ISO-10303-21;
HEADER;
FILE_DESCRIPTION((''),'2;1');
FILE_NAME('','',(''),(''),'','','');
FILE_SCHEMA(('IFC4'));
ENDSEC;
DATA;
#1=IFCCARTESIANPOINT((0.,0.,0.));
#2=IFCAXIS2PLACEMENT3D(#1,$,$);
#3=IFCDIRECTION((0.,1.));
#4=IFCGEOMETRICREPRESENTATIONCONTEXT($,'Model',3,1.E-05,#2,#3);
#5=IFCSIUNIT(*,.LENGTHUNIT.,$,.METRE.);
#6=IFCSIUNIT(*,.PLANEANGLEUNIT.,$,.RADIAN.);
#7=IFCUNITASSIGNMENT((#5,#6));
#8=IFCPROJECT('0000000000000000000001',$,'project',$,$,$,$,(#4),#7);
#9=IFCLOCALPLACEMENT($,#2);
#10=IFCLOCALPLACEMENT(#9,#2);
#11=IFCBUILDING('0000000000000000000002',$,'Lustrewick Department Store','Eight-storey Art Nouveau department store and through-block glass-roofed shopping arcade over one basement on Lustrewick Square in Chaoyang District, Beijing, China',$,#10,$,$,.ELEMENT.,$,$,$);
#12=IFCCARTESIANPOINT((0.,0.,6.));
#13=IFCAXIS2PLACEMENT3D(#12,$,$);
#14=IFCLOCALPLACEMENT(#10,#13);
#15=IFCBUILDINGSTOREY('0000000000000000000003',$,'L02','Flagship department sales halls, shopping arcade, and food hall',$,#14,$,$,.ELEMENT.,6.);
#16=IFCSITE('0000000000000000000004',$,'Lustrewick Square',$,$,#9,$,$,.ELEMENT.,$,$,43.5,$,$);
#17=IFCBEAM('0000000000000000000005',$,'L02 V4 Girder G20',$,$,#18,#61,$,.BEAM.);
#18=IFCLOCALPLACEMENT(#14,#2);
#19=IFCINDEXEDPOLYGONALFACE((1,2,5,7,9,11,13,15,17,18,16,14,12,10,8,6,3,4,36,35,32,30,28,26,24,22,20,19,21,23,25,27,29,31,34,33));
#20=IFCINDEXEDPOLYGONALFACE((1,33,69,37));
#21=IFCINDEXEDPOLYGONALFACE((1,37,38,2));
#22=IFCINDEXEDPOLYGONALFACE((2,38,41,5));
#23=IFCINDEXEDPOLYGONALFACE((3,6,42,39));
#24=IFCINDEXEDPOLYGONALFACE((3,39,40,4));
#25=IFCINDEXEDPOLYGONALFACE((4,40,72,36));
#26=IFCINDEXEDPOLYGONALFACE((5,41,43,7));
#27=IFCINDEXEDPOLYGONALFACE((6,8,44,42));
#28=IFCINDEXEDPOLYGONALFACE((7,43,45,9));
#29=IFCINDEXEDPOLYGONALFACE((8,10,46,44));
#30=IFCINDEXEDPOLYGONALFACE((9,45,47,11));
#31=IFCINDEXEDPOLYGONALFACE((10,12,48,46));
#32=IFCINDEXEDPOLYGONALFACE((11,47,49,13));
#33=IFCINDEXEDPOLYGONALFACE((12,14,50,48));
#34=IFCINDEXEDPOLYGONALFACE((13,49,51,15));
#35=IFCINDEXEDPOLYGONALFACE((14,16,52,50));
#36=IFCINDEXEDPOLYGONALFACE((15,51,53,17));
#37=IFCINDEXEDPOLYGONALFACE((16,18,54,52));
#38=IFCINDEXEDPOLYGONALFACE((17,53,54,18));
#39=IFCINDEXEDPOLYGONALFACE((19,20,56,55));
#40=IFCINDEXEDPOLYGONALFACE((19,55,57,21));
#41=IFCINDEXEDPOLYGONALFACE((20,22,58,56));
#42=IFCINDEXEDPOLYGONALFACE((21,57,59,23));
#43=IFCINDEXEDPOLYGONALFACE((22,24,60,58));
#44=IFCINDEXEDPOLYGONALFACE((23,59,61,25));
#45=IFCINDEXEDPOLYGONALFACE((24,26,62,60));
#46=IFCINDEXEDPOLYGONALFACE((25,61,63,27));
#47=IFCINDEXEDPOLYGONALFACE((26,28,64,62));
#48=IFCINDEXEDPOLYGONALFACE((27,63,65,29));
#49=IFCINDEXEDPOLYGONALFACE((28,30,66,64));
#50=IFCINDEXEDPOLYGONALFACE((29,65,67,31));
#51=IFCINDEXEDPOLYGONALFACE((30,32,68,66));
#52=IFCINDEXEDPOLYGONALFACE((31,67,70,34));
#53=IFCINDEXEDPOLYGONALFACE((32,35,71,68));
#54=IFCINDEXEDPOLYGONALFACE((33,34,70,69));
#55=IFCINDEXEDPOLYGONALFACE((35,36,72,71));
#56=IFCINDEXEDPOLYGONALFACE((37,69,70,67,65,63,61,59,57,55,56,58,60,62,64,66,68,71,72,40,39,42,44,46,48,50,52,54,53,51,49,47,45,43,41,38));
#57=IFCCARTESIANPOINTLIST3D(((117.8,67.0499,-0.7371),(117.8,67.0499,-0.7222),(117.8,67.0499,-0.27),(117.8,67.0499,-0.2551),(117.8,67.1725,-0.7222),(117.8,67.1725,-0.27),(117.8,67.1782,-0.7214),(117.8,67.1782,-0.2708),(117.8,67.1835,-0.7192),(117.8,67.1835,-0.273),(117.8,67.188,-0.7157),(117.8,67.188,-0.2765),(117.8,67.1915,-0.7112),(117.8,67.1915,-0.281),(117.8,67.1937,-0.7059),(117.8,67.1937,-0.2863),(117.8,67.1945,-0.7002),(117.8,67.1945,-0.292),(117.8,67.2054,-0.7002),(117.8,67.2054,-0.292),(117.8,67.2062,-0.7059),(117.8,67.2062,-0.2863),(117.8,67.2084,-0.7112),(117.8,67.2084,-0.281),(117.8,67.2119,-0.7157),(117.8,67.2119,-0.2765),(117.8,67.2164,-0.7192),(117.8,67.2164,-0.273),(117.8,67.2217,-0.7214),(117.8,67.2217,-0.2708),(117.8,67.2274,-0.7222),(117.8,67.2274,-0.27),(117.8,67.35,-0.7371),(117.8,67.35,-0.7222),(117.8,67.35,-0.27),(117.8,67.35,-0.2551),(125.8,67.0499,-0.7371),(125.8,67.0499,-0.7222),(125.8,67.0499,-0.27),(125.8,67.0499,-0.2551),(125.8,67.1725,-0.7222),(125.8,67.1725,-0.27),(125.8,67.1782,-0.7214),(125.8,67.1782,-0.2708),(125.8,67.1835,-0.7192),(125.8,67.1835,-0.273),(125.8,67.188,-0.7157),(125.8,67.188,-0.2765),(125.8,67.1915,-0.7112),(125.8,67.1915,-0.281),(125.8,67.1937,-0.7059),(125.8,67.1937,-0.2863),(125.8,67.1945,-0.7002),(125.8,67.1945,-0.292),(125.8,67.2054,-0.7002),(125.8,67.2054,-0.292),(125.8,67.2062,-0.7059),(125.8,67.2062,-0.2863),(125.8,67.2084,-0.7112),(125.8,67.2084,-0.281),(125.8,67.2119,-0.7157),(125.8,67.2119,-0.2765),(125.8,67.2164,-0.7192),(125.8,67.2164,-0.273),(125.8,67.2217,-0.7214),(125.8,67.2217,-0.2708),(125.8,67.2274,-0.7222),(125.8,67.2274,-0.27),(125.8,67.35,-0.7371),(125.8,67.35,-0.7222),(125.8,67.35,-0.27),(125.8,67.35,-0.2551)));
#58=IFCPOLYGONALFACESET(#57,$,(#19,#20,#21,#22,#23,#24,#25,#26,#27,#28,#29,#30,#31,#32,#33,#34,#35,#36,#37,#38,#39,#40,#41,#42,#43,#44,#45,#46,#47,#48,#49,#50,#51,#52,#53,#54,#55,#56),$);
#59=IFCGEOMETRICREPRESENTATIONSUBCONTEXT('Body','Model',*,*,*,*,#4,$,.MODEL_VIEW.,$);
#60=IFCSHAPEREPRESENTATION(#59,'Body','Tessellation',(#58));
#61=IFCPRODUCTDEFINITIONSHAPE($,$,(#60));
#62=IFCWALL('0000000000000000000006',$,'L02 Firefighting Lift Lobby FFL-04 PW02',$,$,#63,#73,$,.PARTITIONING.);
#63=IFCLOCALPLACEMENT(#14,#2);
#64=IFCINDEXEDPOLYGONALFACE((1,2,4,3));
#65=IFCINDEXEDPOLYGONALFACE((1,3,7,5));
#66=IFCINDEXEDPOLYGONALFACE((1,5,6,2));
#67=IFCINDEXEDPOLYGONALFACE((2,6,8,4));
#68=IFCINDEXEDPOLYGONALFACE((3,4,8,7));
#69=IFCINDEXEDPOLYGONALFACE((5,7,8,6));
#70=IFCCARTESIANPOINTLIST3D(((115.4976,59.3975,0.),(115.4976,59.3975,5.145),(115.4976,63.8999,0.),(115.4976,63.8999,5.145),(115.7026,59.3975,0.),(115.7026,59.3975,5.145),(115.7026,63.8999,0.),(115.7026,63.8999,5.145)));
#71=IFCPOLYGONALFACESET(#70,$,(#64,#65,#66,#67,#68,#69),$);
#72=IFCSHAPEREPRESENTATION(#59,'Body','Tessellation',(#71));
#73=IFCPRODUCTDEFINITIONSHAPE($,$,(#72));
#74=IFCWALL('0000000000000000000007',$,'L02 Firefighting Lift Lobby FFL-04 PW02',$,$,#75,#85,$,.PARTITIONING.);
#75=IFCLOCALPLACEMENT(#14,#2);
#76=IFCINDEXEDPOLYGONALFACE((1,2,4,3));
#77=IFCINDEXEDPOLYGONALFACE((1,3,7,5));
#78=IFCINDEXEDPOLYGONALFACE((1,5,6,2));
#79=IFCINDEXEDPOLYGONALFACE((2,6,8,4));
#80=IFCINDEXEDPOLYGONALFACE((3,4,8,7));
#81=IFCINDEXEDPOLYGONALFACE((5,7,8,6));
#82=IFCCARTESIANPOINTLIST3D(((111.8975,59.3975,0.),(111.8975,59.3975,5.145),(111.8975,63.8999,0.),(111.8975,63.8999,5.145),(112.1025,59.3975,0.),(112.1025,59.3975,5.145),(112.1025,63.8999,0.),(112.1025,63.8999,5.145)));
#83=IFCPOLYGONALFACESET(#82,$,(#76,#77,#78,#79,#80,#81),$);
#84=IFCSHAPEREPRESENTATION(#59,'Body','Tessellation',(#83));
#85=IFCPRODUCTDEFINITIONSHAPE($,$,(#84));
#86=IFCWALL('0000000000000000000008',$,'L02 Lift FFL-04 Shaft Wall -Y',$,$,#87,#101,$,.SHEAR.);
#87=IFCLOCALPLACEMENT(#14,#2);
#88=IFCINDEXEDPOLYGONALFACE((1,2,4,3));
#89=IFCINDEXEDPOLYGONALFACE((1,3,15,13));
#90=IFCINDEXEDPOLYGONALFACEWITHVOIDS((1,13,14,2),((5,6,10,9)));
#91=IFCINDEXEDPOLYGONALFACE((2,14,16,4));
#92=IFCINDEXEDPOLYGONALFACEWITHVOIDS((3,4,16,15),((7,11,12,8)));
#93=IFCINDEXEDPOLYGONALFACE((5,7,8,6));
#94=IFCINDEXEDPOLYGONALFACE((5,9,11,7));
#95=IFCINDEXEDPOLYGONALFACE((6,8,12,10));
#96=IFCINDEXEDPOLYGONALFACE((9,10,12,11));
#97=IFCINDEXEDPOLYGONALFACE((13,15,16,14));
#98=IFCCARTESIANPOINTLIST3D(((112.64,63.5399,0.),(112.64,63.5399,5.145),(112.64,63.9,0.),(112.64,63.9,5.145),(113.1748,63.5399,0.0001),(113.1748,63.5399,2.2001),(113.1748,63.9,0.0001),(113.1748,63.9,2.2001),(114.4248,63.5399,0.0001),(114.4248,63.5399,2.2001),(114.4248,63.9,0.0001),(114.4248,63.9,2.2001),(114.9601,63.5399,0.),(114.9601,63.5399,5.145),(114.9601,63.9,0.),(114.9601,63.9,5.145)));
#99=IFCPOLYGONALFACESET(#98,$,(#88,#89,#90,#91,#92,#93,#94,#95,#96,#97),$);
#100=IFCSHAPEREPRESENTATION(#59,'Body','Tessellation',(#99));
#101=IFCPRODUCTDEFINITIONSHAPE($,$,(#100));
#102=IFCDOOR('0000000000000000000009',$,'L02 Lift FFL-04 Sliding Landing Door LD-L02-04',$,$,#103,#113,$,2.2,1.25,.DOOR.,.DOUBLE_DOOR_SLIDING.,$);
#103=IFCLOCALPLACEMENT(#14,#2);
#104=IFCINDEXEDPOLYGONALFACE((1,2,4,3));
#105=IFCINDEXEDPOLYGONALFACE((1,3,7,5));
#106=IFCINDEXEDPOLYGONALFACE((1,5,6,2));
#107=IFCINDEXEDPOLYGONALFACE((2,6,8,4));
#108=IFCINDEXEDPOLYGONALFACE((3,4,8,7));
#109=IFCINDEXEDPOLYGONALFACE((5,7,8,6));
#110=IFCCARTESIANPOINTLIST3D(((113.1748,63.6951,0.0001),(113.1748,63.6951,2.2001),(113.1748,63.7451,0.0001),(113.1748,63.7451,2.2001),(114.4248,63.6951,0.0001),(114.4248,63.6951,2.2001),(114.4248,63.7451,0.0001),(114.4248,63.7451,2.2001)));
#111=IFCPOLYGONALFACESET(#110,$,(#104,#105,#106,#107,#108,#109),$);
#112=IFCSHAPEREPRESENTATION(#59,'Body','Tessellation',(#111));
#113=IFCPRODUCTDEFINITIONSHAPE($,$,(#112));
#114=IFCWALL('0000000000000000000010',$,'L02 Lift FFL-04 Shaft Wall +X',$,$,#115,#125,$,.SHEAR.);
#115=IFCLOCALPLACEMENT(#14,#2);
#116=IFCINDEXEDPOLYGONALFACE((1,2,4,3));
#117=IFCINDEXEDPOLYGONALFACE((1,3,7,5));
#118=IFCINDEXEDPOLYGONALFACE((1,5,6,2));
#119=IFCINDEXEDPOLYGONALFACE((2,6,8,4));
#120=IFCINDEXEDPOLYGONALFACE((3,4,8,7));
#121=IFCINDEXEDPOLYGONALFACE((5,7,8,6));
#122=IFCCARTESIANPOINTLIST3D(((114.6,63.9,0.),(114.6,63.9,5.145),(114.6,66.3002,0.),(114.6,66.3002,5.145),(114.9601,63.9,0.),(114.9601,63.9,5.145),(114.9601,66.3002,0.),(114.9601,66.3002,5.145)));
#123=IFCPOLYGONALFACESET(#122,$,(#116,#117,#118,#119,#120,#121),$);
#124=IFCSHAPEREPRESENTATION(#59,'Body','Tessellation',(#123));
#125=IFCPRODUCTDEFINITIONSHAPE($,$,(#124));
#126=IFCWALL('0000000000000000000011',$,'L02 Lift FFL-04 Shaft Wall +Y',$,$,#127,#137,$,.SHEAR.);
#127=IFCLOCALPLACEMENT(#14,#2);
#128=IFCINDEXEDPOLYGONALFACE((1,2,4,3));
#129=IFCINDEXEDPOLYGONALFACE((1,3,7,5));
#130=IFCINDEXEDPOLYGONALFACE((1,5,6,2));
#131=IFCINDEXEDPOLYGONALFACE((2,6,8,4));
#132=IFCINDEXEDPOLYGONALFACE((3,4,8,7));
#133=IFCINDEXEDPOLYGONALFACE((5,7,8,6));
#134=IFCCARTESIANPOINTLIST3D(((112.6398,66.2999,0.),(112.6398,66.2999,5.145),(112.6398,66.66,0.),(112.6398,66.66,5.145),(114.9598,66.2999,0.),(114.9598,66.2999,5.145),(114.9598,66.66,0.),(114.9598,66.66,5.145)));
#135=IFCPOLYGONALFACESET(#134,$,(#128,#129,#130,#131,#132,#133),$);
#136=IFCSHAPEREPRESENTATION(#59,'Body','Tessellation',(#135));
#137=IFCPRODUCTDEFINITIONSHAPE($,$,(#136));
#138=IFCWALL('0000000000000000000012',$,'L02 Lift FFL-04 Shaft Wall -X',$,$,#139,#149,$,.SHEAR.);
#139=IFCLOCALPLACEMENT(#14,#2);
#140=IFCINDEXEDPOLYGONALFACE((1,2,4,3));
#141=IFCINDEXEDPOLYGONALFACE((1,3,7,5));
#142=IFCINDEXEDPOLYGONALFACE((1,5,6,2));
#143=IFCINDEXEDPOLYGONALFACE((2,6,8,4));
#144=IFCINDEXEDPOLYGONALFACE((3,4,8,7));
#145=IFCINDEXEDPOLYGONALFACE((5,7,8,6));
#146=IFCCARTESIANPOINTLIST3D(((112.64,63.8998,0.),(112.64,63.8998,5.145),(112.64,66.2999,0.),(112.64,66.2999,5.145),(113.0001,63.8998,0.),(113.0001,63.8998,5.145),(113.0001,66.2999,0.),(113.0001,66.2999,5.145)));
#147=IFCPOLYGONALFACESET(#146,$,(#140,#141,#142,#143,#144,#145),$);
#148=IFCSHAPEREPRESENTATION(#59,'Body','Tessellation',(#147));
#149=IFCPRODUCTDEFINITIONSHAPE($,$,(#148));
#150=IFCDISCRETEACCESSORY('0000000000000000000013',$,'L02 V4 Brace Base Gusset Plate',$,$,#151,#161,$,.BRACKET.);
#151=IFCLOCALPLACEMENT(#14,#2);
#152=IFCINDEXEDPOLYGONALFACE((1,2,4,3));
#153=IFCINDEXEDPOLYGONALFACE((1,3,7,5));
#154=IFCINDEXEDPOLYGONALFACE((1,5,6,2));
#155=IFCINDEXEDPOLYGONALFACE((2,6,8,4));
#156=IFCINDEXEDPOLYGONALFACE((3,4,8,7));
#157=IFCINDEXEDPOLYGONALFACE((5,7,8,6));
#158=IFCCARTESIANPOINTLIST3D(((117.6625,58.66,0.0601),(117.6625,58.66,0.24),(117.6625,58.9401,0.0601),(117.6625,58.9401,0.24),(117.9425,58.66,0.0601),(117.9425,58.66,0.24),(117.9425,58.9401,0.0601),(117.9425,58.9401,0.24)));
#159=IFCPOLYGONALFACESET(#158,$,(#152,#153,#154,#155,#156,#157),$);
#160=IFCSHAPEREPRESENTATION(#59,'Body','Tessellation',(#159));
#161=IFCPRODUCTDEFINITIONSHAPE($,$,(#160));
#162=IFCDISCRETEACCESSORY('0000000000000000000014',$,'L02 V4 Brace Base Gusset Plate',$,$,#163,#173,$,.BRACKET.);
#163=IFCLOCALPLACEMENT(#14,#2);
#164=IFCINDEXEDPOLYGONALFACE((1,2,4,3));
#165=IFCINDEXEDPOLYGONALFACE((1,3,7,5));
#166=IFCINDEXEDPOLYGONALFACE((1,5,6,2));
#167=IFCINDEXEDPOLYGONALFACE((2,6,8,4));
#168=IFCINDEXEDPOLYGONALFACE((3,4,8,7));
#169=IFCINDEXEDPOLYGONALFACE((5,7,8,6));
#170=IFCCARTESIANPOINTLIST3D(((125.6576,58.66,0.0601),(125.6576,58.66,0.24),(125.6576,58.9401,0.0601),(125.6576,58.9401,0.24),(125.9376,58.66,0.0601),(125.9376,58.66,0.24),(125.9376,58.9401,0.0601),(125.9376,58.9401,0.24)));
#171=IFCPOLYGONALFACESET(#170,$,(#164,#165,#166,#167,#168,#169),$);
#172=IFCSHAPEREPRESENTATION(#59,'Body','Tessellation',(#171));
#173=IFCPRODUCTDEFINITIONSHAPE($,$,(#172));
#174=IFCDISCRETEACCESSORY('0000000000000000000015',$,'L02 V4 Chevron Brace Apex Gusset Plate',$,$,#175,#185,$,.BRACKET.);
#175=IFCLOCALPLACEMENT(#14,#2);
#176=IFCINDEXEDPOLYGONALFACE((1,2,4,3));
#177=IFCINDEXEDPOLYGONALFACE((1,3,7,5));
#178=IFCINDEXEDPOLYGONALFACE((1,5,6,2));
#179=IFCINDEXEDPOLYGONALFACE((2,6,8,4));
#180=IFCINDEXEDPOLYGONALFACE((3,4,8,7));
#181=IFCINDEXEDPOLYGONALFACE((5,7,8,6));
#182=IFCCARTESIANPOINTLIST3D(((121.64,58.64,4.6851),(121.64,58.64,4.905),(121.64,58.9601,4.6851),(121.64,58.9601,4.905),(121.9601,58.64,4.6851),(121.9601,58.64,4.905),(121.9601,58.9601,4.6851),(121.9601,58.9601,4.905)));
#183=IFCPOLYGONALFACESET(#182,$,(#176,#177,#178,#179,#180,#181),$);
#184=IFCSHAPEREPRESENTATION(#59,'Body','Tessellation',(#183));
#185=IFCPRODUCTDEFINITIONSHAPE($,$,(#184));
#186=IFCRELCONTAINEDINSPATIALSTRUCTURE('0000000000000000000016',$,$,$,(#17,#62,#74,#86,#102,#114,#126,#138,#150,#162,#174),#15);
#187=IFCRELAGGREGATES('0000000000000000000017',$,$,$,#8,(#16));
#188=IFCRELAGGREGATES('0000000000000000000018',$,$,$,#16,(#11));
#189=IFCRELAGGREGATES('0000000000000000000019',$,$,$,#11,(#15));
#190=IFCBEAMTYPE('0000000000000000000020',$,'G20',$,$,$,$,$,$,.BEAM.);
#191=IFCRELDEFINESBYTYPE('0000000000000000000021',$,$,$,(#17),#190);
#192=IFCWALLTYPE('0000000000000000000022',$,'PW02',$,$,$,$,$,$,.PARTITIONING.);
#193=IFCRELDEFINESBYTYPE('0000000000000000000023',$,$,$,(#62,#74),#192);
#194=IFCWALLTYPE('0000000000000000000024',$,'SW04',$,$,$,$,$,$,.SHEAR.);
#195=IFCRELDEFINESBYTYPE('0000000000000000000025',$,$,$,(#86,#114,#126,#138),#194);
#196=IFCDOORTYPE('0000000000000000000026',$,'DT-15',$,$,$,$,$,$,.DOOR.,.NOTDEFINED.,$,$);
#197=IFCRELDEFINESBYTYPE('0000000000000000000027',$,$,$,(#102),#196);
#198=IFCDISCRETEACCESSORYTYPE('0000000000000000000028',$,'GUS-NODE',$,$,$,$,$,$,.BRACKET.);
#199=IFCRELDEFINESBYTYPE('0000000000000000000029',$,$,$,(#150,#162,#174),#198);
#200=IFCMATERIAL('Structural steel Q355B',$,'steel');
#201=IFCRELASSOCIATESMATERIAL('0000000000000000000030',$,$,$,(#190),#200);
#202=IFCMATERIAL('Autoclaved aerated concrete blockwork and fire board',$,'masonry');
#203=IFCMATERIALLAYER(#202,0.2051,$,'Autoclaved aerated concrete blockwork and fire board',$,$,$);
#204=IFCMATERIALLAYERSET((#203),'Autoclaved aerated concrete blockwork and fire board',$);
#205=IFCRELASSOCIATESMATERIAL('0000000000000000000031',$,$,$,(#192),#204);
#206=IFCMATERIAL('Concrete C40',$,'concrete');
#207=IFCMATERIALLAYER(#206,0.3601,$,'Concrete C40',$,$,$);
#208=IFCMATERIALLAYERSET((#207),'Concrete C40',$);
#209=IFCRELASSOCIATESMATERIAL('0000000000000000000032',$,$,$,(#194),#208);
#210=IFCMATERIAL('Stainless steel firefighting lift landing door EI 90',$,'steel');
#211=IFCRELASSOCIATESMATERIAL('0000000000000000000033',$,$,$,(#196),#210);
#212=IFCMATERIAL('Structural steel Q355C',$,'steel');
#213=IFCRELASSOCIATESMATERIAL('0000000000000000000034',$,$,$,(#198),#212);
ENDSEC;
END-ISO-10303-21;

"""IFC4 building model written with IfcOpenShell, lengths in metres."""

from ifc_helpers import new_model, si_unit, direction, frame, frame_2d, origin, origin_2d, place, context, subcontext, project, spatial, rectangle, i_section, extrude, material, layer, layer_set, material_profile, profile_set, type_object, element, fill, save


model = new_model("IFC4")

# Units and contexts
model_context = context("Model", 3, precision=1e-05, world=origin(), true_north=direction((0.0, 1.0)))
body_context = subcontext(model_context, "Body", "Model", "MODEL_VIEW")
ifc_project = project(units=[si_unit("LENGTHUNIT", "METRE"), si_unit("PLANEANGLEUNIT", "RADIAN")], contexts=[model_context])

# Site, building, storey
site_placement = place(None, origin())
site = spatial("IfcSite", under=ifc_project, at=site_placement, Name="Lustrewick Square", CompositionType="ELEMENT", RefElevation=43.5)
building_placement = place(site_placement, origin())
building = spatial("IfcBuilding", under=site, at=building_placement, Name="Lustrewick Department Store", Description="Eight-storey Art Nouveau department store and through-block glass-roofed shopping arcade over one basement on Lustrewick Square in Chaoyang District, Beijing, China", CompositionType="ELEMENT")
storey_placement = place(building_placement, frame((0.0, 0.0, 6.0)))
storey = spatial("IfcBuildingStorey", under=building, at=storey_placement, Name="L02", Description="Flagship department sales halls, shopping arcade, and food hall", CompositionType="ELEMENT", Elevation=6.0)

# Shared definitions
ifc_material_1 = material(Name="Structural steel Q355C", Category="steel")
ifc_material_2 = material(Name="Concrete C40", Category="concrete")

# Shared definitions
ifc_material_3 = material(Name="Structural steel Q355B", Category="steel")

# Beam
ifc_material_profile_1 = material_profile(ifc_material_3, i_section(OverallWidth=0.3, OverallDepth=0.4819, WebThickness=0.011, FlangeThickness=0.0149, FilletRadius=0.022, at=origin_2d()), Name="HM 482x300x11x15")
ifc_profile_set_1 = profile_set([ifc_material_profile_1], Name="Structural steel Q355B")
beam_type_1 = type_object("IfcBeamType", Name="G20", PredefinedType="BEAM", material=ifc_profile_set_1)
beam_1_placement = place(storey_placement, frame((117.8, 67.2, -0.4961), z_axis=(1.0, 0.0, 0.0), x_axis=(0.0, 1.0, 0.0)))
element("IfcBeam", 1, at=beam_1_placement, inside=storey, type_object=beam_type_1, Name="L02 V4 Girder G20", PredefinedType="BEAM", context=body_context, shape_type="SweptSolid", body=[
    extrude(i_section(OverallWidth=0.3, OverallDepth=0.4819, WebThickness=0.011, FlangeThickness=0.0149, FilletRadius=0.022, at=origin_2d()), origin(), (0.0, 0.0, 1.0), 8.0),
])

# Shared definitions
ifc_material_4 = material(Name="Autoclaved aerated concrete blockwork and fire board", Category="masonry")
ifc_layer_1 = layer(ifc_material_4, 0.2051, Name="Autoclaved aerated concrete blockwork and fire board")
ifc_layer_set_1 = layer_set([ifc_layer_1], Name="Autoclaved aerated concrete blockwork and fire board")
wall_type_1 = type_object("IfcWallType", Name="PW02", PredefinedType="PARTITIONING", material=ifc_layer_set_1)

# Walls
for number, where, z_axis, x_axis, name in (
    (2, (115.6001, 59.3975, 0.0), (0.0, 0.0, 1.0), (0.0, 1.0, 0.0), "L02 Firefighting Lift Lobby FFL-04 PW02"),
    (3, (112.0, 63.8999, 0.0), (0.0, 0.0, 1.0), (0.0, -1.0, 0.0), "L02 Firefighting Lift Lobby FFL-04 PW02"),
):
    element("IfcWall", number, at=place(storey_placement, frame(where, z_axis=z_axis, x_axis=x_axis)), inside=storey, type_object=wall_type_1, Name=name, PredefinedType="PARTITIONING", context=body_context, shape_type="SweptSolid", body=[
        extrude(rectangle(XDim=4.5024, YDim=0.2051, at=frame_2d((2.2512, 0.0))), origin(), (0.0, 0.0, 1.0), 5.145),
    ])

# Wall, opening, door
ifc_layer_2 = layer(ifc_material_2, 0.3601, Name="Concrete C40")
ifc_layer_set_2 = layer_set([ifc_layer_2], Name="Concrete C40")
wall_type_2 = type_object("IfcWallType", Name="SW04", PredefinedType="SHEAR", material=ifc_layer_set_2)
wall_1_placement = place(storey_placement, frame((112.6399, 63.72, 0.0), z_axis=(0.0, 0.0, 1.0), x_axis=(1.0, 0.0, 0.0)))
wall_1 = element("IfcWall", 4, at=wall_1_placement, inside=storey, type_object=wall_type_2, Name="L02 Lift FFL-04 Shaft Wall -Y", PredefinedType="SHEAR", context=body_context, shape_type="SweptSolid", body=[
    extrude(rectangle(XDim=2.3201, YDim=0.3601, at=frame_2d((1.1602, 0.0))), origin(), (0.0, 0.0, 1.0), 5.145),
])
opening_1_placement = place(wall_1_placement, frame((0.5349, 0.0, 0.0)))
opening_1 = element("IfcOpeningElement", 5, at=opening_1_placement, cuts=wall_1, PredefinedType="OPENING", context=body_context, shape_type="SweptSolid", body=[
    extrude(rectangle(XDim=1.25, YDim=2.2, at=frame_2d((0.625, 1.1001))), frame((0.0, 0.1899, 0.0), z_axis=(0.0, -1.0, 0.0), x_axis=(1.0, 0.0, 0.0)), (0.0, 0.0, 1.0), 0.3801),
])
ifc_material_5 = material(Name="Stainless steel firefighting lift landing door EI 90", Category="steel")
door_type_1 = type_object("IfcDoorType", Name="DT-15", OperationType="NOTDEFINED", PredefinedType="DOOR", material=ifc_material_5)
door_1_placement = place(opening_1_placement, frame((1.25, 0.0, 0.0), z_axis=(0.0, 0.0, 1.0), x_axis=(-1.0, 0.0, 0.0)))
door_1 = element("IfcDoor", 6, at=door_1_placement, inside=storey, type_object=door_type_1, Name="L02 Lift FFL-04 Sliding Landing Door LD-L02-04", OperationType="DOUBLE_DOOR_SLIDING", OverallHeight=2.2, OverallWidth=1.25, PredefinedType="DOOR", context=body_context, shape_type="SweptSolid", body=[
    extrude(rectangle(XDim=1.25, YDim=2.2, at=frame_2d((0.625, 1.1001))), frame((0.0, 0.0249, 0.0), z_axis=(0.0, -1.0, 0.0), x_axis=(1.0, 0.0, 0.0)), (0.0, 0.0, 1.0), 0.05),
])
fill(opening_1, door_1)

# Walls
wall_2_placement = place(storey_placement, frame((114.78, 63.8999, 0.0), z_axis=(0.0, 0.0, 1.0), x_axis=(0.0, 1.0, 0.0)))
element("IfcWall", 7, at=wall_2_placement, inside=storey, type_object=wall_type_2, Name="L02 Lift FFL-04 Shaft Wall +X", PredefinedType="SHEAR", context=body_context, shape_type="SweptSolid", body=[
    extrude(rectangle(XDim=2.4001, YDim=0.3601, at=frame_2d((1.2002, 0.0))), origin(), (0.0, 0.0, 1.0), 5.145),
])
wall_3_placement = place(storey_placement, frame((114.96, 66.48, 0.0), z_axis=(0.0, 0.0, 1.0), x_axis=(-1.0, 0.0, 0.0)))
element("IfcWall", 8, at=wall_3_placement, inside=storey, type_object=wall_type_2, Name="L02 Lift FFL-04 Shaft Wall +Y", PredefinedType="SHEAR", context=body_context, shape_type="SweptSolid", body=[
    extrude(rectangle(XDim=2.3201, YDim=0.3601, at=frame_2d((1.1602, 0.0))), origin(), (0.0, 0.0, 1.0), 5.145),
])
wall_4_placement = place(storey_placement, frame((112.8201, 66.3, 0.0), z_axis=(0.0, 0.0, 1.0), x_axis=(0.0, -1.0, 0.0)))
element("IfcWall", 9, at=wall_4_placement, inside=storey, type_object=wall_type_2, Name="L02 Lift FFL-04 Shaft Wall -X", PredefinedType="SHEAR", context=body_context, shape_type="SweptSolid", body=[
    extrude(rectangle(XDim=2.4001, YDim=0.3601, at=frame_2d((1.2002, 0.0))), origin(), (0.0, 0.0, 1.0), 5.145),
])

# Discrete accessories
discrete_accessory_type = type_object("IfcDiscreteAccessoryType", Name="GUS-NODE", PredefinedType="BRACKET", material=ifc_material_1)
for number, where, z_axis, x_axis, name in (
    (10, (117.8025, 58.8, 0.0601), (0.0, 0.0, 1.0), (1.0, 0.0, 0.0), "L02 V4 Brace Base Gusset Plate"),
    (11, (125.7976, 58.8, 0.0601), (0.0, 0.0, 1.0), (1.0, 0.0, 0.0), "L02 V4 Brace Base Gusset Plate"),
):
    element("IfcDiscreteAccessory", number, at=place(storey_placement, frame(where, z_axis=z_axis, x_axis=x_axis)), inside=storey, type_object=discrete_accessory_type, Name=name, PredefinedType="BRACKET", context=body_context, shape_type="SweptSolid", body=[
        extrude(rectangle(XDim=0.28, YDim=0.28, at=origin_2d()), origin(), (0.0, 0.0, 1.0), 0.1799),
    ])
discrete_accessory_placement = place(storey_placement, frame((121.8, 58.8, 4.6851), z_axis=(0.0, 0.0, 1.0), x_axis=(1.0, 0.0, 0.0)))
element("IfcDiscreteAccessory", 12, at=discrete_accessory_placement, inside=storey, type_object=discrete_accessory_type, Name="L02 V4 Chevron Brace Apex Gusset Plate", PredefinedType="BRACKET", context=body_context, shape_type="SweptSolid", body=[
    extrude(rectangle(XDim=0.3201, YDim=0.3201, at=origin_2d()), origin(), (0.0, 0.0, 1.0), 0.22),
])

save(model, "model.ifc")
